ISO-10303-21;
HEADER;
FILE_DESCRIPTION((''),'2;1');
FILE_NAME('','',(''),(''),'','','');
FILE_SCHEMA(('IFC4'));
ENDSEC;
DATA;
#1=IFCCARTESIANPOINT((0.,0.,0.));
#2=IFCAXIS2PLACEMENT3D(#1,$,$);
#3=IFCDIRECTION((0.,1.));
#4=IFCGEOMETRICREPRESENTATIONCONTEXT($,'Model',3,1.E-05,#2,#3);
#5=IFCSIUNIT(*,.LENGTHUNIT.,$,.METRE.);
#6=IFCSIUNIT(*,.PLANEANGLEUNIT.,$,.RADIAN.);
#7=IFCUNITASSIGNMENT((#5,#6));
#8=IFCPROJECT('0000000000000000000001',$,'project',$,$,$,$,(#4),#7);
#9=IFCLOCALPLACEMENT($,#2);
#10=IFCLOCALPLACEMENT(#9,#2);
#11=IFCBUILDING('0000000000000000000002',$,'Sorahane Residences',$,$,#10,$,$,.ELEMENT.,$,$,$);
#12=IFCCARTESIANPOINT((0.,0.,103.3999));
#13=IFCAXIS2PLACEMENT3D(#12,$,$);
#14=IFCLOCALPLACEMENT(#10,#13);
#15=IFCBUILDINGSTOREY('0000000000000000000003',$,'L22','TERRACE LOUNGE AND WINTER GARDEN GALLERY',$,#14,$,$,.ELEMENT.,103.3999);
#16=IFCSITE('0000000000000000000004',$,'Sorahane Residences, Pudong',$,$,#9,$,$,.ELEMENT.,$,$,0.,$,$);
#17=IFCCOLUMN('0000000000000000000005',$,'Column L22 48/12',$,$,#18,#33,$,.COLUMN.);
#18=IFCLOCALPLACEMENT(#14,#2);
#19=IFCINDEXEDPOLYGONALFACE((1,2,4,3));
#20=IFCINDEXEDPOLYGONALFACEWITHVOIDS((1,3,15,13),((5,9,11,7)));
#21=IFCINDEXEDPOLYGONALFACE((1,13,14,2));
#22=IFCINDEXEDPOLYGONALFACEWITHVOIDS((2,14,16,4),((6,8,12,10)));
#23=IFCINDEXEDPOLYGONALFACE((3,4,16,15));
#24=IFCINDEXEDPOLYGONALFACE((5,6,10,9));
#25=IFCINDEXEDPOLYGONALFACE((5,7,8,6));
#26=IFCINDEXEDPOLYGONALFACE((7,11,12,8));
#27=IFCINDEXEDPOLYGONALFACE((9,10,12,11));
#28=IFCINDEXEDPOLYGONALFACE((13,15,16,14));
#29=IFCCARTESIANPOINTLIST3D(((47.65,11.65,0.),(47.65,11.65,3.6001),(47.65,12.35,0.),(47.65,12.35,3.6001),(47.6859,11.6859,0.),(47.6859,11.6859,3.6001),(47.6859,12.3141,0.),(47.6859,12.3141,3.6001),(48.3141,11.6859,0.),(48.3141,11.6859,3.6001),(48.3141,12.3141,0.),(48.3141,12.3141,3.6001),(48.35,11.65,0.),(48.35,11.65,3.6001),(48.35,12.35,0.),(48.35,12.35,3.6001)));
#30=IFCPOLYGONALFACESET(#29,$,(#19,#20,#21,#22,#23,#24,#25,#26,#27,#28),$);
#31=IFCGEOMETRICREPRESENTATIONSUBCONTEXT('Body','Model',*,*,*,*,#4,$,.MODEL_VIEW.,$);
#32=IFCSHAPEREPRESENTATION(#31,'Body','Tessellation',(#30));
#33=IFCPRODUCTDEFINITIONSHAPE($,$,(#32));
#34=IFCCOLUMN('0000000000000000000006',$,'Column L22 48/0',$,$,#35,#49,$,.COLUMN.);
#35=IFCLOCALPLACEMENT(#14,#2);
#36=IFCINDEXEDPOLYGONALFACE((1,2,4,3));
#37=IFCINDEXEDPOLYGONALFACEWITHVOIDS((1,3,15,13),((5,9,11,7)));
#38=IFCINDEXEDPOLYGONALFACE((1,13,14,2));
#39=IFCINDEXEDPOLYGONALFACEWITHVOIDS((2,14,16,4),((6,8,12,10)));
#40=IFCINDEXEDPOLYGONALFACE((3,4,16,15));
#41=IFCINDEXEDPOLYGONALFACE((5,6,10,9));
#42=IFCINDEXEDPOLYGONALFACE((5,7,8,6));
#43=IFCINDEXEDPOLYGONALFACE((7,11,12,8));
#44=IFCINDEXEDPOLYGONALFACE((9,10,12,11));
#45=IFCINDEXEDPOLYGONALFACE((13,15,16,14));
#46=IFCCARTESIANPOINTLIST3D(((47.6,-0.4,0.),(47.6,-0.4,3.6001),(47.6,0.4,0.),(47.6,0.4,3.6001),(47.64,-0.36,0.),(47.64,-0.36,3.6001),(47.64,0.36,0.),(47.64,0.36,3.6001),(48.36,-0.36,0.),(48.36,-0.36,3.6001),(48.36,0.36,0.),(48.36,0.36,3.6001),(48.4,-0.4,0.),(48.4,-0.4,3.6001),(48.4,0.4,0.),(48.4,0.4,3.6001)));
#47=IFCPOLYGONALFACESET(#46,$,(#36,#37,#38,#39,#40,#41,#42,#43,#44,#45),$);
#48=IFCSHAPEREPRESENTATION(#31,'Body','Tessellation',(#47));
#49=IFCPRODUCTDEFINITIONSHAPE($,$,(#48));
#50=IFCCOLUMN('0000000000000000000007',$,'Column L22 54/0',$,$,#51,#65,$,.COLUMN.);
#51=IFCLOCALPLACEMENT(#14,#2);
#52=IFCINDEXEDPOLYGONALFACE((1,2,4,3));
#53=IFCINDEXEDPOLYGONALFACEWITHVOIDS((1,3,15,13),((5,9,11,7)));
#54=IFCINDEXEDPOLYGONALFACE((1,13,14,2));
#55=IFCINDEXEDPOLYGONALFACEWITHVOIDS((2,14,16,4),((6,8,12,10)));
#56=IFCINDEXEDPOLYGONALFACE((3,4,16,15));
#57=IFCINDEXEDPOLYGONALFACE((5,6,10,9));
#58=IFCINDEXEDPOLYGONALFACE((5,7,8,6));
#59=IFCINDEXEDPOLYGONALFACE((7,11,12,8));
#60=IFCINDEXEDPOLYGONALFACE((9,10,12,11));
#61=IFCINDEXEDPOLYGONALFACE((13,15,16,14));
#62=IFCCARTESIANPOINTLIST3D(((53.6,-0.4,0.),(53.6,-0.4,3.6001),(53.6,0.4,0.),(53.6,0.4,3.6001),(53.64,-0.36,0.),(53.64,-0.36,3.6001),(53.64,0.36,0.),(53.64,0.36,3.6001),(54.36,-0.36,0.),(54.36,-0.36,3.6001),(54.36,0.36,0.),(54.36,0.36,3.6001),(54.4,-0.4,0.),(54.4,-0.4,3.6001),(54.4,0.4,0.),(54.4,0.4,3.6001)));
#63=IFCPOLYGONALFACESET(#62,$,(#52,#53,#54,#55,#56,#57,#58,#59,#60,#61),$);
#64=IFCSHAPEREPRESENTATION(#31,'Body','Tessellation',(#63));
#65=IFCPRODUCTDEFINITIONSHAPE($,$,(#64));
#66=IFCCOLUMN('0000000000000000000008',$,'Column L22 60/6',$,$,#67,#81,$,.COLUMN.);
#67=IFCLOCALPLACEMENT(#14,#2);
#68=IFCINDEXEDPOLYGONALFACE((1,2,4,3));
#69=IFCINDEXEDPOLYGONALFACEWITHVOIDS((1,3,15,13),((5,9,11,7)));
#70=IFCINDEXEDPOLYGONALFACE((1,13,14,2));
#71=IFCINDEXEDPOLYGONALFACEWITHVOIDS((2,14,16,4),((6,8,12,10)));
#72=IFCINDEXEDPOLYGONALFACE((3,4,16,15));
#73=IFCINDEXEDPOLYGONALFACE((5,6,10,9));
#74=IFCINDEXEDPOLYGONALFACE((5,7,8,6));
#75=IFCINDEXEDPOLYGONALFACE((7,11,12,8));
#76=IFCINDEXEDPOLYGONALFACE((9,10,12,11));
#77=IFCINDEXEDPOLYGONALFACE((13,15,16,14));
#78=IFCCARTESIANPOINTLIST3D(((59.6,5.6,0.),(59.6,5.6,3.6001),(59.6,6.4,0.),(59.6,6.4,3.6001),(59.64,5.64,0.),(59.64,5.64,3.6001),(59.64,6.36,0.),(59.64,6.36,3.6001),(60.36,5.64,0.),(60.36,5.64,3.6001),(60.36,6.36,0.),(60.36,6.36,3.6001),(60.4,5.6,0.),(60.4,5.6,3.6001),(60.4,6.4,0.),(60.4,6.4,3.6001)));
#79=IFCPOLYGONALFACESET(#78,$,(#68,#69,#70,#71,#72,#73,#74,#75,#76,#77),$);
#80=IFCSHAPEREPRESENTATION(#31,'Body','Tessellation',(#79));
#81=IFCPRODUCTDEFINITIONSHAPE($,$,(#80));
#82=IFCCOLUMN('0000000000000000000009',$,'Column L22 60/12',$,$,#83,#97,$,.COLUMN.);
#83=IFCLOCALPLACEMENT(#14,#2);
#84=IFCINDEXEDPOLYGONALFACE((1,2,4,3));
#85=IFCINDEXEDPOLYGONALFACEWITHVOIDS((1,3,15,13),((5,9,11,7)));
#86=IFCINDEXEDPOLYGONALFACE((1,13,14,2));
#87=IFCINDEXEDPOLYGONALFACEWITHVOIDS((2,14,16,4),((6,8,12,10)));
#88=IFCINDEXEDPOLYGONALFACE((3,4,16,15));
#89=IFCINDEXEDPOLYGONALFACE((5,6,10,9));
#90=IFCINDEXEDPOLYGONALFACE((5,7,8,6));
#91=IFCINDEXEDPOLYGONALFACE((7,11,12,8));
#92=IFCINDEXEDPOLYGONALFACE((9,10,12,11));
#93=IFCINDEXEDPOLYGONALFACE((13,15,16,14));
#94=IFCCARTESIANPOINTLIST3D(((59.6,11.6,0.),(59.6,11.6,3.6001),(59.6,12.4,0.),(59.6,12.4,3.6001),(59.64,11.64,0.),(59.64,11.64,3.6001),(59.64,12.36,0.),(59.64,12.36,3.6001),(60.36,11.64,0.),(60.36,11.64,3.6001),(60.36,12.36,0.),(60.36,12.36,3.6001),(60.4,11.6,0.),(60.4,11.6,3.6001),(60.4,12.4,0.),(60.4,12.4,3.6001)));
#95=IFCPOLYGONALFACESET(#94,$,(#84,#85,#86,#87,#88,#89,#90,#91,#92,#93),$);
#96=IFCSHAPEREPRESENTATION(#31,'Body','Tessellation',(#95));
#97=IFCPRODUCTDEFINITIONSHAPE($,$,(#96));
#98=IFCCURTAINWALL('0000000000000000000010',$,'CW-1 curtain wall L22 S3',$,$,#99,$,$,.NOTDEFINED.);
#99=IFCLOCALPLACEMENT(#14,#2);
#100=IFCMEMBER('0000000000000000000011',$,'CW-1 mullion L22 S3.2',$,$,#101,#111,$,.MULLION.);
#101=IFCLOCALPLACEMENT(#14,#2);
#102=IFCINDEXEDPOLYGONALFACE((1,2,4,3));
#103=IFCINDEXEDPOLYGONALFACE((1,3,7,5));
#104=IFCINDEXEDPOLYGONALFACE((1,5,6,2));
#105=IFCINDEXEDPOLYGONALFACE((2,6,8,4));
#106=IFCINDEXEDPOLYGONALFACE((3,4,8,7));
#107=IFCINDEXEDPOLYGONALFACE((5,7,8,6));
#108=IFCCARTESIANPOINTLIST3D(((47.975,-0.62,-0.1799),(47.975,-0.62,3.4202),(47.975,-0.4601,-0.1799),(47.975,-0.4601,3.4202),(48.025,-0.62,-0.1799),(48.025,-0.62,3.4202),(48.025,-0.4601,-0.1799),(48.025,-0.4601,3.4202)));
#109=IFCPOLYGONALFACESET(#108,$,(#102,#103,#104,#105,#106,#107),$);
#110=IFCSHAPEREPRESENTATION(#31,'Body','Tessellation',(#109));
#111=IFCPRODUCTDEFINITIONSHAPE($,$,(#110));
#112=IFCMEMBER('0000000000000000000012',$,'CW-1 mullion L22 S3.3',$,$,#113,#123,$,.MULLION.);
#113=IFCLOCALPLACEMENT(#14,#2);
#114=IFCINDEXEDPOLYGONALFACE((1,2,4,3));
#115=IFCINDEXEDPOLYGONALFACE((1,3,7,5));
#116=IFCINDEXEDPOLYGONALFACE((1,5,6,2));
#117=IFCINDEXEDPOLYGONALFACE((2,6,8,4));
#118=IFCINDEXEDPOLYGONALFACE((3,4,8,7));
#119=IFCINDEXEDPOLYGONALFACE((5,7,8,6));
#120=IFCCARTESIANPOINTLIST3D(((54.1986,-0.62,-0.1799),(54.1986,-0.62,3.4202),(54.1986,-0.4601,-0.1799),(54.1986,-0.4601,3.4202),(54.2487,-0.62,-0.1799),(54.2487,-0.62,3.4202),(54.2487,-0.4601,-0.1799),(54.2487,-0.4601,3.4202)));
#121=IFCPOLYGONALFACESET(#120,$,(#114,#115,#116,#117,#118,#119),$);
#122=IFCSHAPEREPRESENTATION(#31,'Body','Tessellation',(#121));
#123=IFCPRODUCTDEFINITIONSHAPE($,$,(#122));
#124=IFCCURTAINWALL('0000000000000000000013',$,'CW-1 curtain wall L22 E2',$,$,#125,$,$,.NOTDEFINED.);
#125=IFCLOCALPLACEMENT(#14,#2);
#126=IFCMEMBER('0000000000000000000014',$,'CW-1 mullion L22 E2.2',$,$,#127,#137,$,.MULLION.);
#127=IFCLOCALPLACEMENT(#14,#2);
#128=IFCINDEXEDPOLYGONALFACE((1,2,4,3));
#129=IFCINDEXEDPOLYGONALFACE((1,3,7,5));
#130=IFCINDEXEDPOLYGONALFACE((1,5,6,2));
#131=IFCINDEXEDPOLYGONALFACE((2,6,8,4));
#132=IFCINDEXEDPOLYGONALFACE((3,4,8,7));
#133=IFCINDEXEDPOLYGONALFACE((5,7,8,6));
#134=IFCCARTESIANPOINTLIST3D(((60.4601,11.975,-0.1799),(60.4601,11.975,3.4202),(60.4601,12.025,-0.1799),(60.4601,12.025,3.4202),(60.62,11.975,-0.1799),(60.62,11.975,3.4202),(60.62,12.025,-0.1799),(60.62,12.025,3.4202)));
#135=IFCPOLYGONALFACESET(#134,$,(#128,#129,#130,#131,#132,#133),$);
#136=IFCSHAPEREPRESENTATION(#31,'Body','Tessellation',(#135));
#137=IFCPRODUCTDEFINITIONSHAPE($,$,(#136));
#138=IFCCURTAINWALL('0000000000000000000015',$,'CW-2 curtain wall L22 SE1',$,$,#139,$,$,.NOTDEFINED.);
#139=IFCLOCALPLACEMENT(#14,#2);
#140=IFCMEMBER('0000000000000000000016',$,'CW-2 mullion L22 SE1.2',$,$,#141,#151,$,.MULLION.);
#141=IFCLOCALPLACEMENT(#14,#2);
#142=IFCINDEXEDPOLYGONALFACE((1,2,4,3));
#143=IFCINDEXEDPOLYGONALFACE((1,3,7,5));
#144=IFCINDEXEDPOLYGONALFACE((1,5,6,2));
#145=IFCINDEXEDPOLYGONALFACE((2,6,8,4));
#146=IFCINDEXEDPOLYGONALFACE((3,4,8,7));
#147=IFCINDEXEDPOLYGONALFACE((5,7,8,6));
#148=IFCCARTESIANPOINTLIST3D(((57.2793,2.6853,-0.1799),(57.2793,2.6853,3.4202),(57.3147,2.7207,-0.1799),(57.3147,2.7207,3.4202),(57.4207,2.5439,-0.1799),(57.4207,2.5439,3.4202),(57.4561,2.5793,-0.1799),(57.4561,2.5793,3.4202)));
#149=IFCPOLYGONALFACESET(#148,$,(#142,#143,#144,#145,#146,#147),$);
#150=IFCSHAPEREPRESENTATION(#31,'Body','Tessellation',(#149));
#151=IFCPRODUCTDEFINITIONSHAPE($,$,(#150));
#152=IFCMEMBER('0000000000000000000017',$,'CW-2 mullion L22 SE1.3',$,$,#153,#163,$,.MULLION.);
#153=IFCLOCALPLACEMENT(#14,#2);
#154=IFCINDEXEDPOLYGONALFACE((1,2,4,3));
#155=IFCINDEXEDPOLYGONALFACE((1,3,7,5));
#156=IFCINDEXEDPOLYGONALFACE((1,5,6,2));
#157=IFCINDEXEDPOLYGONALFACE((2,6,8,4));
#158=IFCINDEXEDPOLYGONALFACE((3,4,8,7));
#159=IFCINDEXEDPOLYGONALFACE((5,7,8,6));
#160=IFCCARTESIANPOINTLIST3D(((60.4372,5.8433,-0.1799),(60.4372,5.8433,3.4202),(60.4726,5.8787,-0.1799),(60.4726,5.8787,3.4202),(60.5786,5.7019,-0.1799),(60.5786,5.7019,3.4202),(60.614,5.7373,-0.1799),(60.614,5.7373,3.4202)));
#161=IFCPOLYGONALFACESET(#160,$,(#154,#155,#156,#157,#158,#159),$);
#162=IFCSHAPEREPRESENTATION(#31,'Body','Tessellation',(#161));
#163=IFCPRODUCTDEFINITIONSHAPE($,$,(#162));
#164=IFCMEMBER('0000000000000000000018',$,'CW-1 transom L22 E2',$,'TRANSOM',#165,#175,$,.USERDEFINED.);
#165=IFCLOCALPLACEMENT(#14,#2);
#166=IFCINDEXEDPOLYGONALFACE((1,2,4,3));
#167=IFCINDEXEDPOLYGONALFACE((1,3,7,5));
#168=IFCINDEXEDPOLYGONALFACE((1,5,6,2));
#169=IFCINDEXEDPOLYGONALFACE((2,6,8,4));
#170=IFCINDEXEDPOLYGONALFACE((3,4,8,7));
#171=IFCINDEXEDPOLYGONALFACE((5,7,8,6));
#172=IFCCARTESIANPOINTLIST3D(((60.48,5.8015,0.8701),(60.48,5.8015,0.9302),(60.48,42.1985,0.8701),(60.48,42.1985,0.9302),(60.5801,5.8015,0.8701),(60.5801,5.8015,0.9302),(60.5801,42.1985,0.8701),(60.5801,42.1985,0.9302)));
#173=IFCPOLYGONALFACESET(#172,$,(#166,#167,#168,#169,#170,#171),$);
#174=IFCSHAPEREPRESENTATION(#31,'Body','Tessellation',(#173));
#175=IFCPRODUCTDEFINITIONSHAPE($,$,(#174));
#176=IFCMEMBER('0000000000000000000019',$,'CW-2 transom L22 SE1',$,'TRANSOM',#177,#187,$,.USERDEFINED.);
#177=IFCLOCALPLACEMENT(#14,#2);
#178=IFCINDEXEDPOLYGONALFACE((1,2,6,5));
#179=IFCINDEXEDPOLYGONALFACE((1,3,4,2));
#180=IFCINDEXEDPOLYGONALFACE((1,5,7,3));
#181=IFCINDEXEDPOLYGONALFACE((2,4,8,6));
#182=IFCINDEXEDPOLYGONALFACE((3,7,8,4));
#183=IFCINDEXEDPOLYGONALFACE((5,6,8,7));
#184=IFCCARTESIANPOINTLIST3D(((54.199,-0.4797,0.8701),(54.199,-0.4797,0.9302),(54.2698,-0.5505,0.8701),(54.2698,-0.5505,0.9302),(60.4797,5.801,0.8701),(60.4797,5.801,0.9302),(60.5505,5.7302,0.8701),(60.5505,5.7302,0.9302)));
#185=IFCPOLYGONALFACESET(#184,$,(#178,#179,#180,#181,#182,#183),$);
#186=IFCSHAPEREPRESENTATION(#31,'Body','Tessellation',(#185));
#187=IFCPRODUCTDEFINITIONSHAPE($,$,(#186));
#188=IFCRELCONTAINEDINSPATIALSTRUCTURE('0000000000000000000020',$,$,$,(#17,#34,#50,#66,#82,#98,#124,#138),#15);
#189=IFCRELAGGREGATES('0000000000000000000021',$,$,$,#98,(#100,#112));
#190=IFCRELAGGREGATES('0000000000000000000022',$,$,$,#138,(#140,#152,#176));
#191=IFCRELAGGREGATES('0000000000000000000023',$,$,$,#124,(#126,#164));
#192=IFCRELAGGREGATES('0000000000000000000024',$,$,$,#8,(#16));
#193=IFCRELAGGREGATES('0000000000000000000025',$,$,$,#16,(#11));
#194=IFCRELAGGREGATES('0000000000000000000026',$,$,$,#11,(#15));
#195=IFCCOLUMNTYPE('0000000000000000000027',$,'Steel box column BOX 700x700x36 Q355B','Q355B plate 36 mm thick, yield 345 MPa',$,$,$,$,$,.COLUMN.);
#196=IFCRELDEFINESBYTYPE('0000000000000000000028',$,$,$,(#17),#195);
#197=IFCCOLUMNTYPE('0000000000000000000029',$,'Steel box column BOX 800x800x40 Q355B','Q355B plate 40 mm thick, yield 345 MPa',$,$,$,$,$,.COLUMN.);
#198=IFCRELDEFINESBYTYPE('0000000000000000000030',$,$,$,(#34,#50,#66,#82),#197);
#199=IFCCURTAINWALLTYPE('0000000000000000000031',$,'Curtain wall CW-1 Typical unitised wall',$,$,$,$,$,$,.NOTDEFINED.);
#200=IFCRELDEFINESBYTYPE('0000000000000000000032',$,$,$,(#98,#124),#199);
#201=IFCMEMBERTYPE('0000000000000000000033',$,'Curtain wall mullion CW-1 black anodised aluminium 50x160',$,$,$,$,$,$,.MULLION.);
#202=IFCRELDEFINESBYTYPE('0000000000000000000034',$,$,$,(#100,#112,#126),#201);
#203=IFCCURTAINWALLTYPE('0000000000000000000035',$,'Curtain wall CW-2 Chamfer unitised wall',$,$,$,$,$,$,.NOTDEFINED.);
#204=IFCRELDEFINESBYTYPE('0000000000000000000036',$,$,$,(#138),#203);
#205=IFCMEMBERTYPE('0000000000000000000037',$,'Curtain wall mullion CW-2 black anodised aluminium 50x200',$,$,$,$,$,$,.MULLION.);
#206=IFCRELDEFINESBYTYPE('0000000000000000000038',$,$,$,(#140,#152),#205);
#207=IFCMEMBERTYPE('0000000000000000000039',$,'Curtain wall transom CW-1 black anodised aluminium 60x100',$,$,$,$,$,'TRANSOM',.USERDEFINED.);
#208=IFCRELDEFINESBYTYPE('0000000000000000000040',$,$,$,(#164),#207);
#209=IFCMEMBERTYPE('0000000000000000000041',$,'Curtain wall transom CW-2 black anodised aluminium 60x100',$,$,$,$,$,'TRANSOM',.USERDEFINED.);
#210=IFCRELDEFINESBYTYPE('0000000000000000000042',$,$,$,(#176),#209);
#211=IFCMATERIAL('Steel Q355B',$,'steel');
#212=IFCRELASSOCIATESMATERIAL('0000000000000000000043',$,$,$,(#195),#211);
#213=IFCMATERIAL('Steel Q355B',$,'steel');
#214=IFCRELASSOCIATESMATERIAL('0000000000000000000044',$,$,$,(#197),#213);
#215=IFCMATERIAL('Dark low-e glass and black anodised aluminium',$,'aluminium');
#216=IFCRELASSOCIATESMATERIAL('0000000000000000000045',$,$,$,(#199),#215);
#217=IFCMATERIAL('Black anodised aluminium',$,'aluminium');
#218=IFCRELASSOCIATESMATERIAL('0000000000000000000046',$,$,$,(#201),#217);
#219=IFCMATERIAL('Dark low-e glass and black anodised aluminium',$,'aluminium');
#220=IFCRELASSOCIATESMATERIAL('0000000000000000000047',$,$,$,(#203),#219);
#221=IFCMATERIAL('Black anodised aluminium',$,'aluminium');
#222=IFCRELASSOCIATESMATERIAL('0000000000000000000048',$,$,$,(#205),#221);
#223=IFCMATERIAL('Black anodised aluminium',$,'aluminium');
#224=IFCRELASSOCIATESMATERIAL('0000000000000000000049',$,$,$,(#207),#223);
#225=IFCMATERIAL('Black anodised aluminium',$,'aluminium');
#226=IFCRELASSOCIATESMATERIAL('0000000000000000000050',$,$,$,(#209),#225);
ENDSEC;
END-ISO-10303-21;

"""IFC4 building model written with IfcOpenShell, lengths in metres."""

from ifc_helpers import new_model, si_unit, direction, frame, origin, origin_2d, place, context, subcontext, project, spatial, rectangle, hollow_rectangle, extrude, material, material_profile, profile_set, type_object, element, aggregate, save


model = new_model("IFC4")

# Units and contexts
model_context = context("Model", 3, precision=1e-05, world=origin(), true_north=direction((0.0, 1.0)))
body_context = subcontext(model_context, "Body", "Model", "MODEL_VIEW")
ifc_project = project(units=[si_unit("LENGTHUNIT", "METRE"), si_unit("PLANEANGLEUNIT", "RADIAN")], contexts=[model_context])

# Site, building, storey
site_placement = place(None, origin())
site = spatial("IfcSite", under=ifc_project, at=site_placement, Name="Sorahane Residences, Pudong", CompositionType="ELEMENT", RefElevation=0.0)
building_placement = place(site_placement, origin())
building = spatial("IfcBuilding", under=site, at=building_placement, Name="Sorahane Residences", CompositionType="ELEMENT")
storey_placement = place(building_placement, frame((0.0, 0.0, 103.3999)))
storey = spatial("IfcBuildingStorey", under=building, at=storey_placement, Name="L22", Description="TERRACE LOUNGE AND WINTER GARDEN GALLERY", CompositionType="ELEMENT", Elevation=103.3999)

# Columns
ifc_material_1 = material(Name="Steel Q355B", Category="steel")
ifc_material_profile_1 = material_profile(ifc_material_1, hollow_rectangle(XDim=0.7, YDim=0.7, WallThickness=0.0359, at=origin_2d()), Name="BOX 700x700x36")
ifc_profile_set_1 = profile_set([ifc_material_profile_1], Name="Steel Q355B")
column_type_1 = type_object("IfcColumnType", Name="Steel box column BOX 700x700x36 Q355B", Description="Q355B plate 36 mm thick, yield 345 MPa", PredefinedType="COLUMN", material=ifc_profile_set_1)
column_placement = place(storey_placement, frame((48.0, 12.0, 0.0), z_axis=(0.0, 0.0, 1.0), x_axis=(1.0, 0.0, 0.0)))
element("IfcColumn", 1, at=column_placement, inside=storey, type_object=column_type_1, Name="Column L22 48/12", PredefinedType="COLUMN", context=body_context, shape_type="SweptSolid", body=[
    extrude(hollow_rectangle(XDim=0.7, YDim=0.7, WallThickness=0.0359, at=origin_2d()), origin(), (0.0, 0.0, 1.0), 3.6001),
])
ifc_material_2 = material(Name="Steel Q355B", Category="steel")
ifc_material_profile_2 = material_profile(ifc_material_2, hollow_rectangle(XDim=0.8, YDim=0.8, WallThickness=0.04, at=origin_2d()), Name="BOX 800x800x40")
ifc_profile_set_2 = profile_set([ifc_material_profile_2], Name="Steel Q355B")
column_type_2 = type_object("IfcColumnType", Name="Steel box column BOX 800x800x40 Q355B", Description="Q355B plate 40 mm thick, yield 345 MPa", PredefinedType="COLUMN", material=ifc_profile_set_2)
for number, where, z_axis, x_axis, name in (
    (2, (48.0, 0.0, 0.0), (0.0, 0.0, 1.0), (1.0, 0.0, 0.0), "Column L22 48/0"),
    (3, (54.0, 0.0, 0.0), (0.0, 0.0, 1.0), (1.0, 0.0, 0.0), "Column L22 54/0"),
    (4, (60.0, 6.0, 0.0), (0.0, 0.0, 1.0), (1.0, 0.0, 0.0), "Column L22 60/6"),
    (5, (60.0, 12.0, 0.0), (0.0, 0.0, 1.0), (1.0, 0.0, 0.0), "Column L22 60/12"),
):
    element("IfcColumn", number, at=place(storey_placement, frame(where, z_axis=z_axis, x_axis=x_axis)), inside=storey, type_object=column_type_2, Name=name, PredefinedType="COLUMN", context=body_context, shape_type="SweptSolid", body=[
        extrude(hollow_rectangle(XDim=0.8, YDim=0.8, WallThickness=0.04, at=origin_2d()), origin(), (0.0, 0.0, 1.0), 3.6001),
    ])

# Curtain wall, members
ifc_material_3 = material(Name="Dark low-e glass and black anodised aluminium", Category="aluminium")
curtain_wall_type_1 = type_object("IfcCurtainWallType", Name="Curtain wall CW-1 Typical unitised wall", PredefinedType="NOTDEFINED", material=ifc_material_3)
curtain_wall_1_placement = place(storey_placement, origin())
curtain_wall_1 = element("IfcCurtainWall", 6, at=curtain_wall_1_placement, inside=storey, type_object=curtain_wall_type_1, Name="CW-1 curtain wall L22 S3", PredefinedType="NOTDEFINED")
ifc_material_4 = material(Name="Black anodised aluminium", Category="aluminium")
ifc_material_profile_3 = material_profile(ifc_material_4, rectangle(XDim=0.1599, YDim=0.05, at=origin_2d()), Name="Curtain wall mullion CW-1 black anodised aluminium 50x160")
ifc_profile_set_3 = profile_set([ifc_material_profile_3], Name="Black anodised aluminium")
member_type_1 = type_object("IfcMemberType", Name="Curtain wall mullion CW-1 black anodised aluminium 50x160", PredefinedType="MULLION", material=ifc_profile_set_3)
member_1_placement = place(storey_placement, frame((48.0, -0.54, -0.1799), z_axis=(0.0, 0.0, 1.0), x_axis=(0.0, -1.0, 0.0)))
member_1 = element("IfcMember", 7, at=member_1_placement, type_object=member_type_1, Name="CW-1 mullion L22 S3.2", PredefinedType="MULLION", context=body_context, shape_type="SweptSolid", body=[
    extrude(rectangle(XDim=0.1599, YDim=0.05, at=origin_2d()), origin(), (0.0, 0.0, 1.0), 3.6001),
])
member_2_placement = place(storey_placement, frame((54.2236, -0.54, -0.1799), z_axis=(0.0, 0.0, 1.0), x_axis=(0.0, -1.0, 0.0)))
member_2 = element("IfcMember", 8, at=member_2_placement, type_object=member_type_1, Name="CW-1 mullion L22 S3.3", PredefinedType="MULLION", context=body_context, shape_type="SweptSolid", body=[
    extrude(rectangle(XDim=0.1599, YDim=0.05, at=origin_2d()), origin(), (0.0, 0.0, 1.0), 3.6001),
])

# Curtain wall, member
curtain_wall_2_placement = place(storey_placement, origin())
curtain_wall_2 = element("IfcCurtainWall", 9, at=curtain_wall_2_placement, inside=storey, type_object=curtain_wall_type_1, Name="CW-1 curtain wall L22 E2", PredefinedType="NOTDEFINED")
member_3_placement = place(storey_placement, frame((60.54, 12.0, -0.1799), z_axis=(0.0, 0.0, 1.0), x_axis=(1.0, 0.0, 0.0)))
member_3 = element("IfcMember", 10, at=member_3_placement, type_object=member_type_1, Name="CW-1 mullion L22 E2.2", PredefinedType="MULLION", context=body_context, shape_type="SweptSolid", body=[
    extrude(rectangle(XDim=0.1599, YDim=0.05, at=origin_2d()), origin(), (0.0, 0.0, 1.0), 3.6001),
])

# Curtain wall, members
ifc_material_5 = material(Name="Dark low-e glass and black anodised aluminium", Category="aluminium")
curtain_wall_type_2 = type_object("IfcCurtainWallType", Name="Curtain wall CW-2 Chamfer unitised wall", PredefinedType="NOTDEFINED", material=ifc_material_5)
curtain_wall_3_placement = place(storey_placement, origin())
curtain_wall_3 = element("IfcCurtainWall", 11, at=curtain_wall_3_placement, inside=storey, type_object=curtain_wall_type_2, Name="CW-2 curtain wall L22 SE1", PredefinedType="NOTDEFINED")
ifc_material_6 = material(Name="Black anodised aluminium", Category="aluminium")
ifc_material_profile_4 = material_profile(ifc_material_6, rectangle(XDim=0.2, YDim=0.05, at=origin_2d()), Name="Curtain wall mullion CW-2 black anodised aluminium 50x200")
ifc_profile_set_4 = profile_set([ifc_material_profile_4], Name="Black anodised aluminium")
member_type_2 = type_object("IfcMemberType", Name="Curtain wall mullion CW-2 black anodised aluminium 50x200", PredefinedType="MULLION", material=ifc_profile_set_4)
member_4_placement = place(storey_placement, frame((57.3677, 2.6323, -0.1799), z_axis=(0.0, 0.0, 1.0), x_axis=(0.707107, -0.707107, 0.0)))
member_4 = element("IfcMember", 12, at=member_4_placement, type_object=member_type_2, Name="CW-2 mullion L22 SE1.2", PredefinedType="MULLION", context=body_context, shape_type="SweptSolid", body=[
    extrude(rectangle(XDim=0.2, YDim=0.05, at=origin_2d()), origin(), (0.0, 0.0, 1.0), 3.6001),
])
member_5_placement = place(storey_placement, frame((60.5256, 5.7903, -0.1799), z_axis=(0.0, 0.0, 1.0), x_axis=(0.707107, -0.707107, 0.0)))
member_5 = element("IfcMember", 13, at=member_5_placement, type_object=member_type_2, Name="CW-2 mullion L22 SE1.3", PredefinedType="MULLION", context=body_context, shape_type="SweptSolid", body=[
    extrude(rectangle(XDim=0.2, YDim=0.05, at=origin_2d()), origin(), (0.0, 0.0, 1.0), 3.6001),
])

# Members
ifc_material_7 = material(Name="Black anodised aluminium", Category="aluminium")
ifc_material_profile_5 = material_profile(ifc_material_7, rectangle(XDim=0.1001, YDim=0.0601, at=origin_2d()), Name="Curtain wall transom CW-1 black anodised aluminium 60x100")
ifc_profile_set_5 = profile_set([ifc_material_profile_5], Name="Black anodised aluminium")
member_type_3 = type_object("IfcMemberType", Name="Curtain wall transom CW-1 black anodised aluminium 60x100", ElementType="TRANSOM", PredefinedType="USERDEFINED", material=ifc_profile_set_5)
member_6_placement = place(storey_placement, frame((60.53, 5.8015, 0.9001), z_axis=(0.0, 1.0, 0.0), x_axis=(-1.0, 0.0, 0.0)))
member_6 = element("IfcMember", 14, at=member_6_placement, type_object=member_type_3, Name="CW-1 transom L22 E2", ObjectType="TRANSOM", PredefinedType="USERDEFINED", context=body_context, shape_type="SweptSolid", body=[
    extrude(rectangle(XDim=0.1001, YDim=0.0601, at=origin_2d()), origin(), (0.0, 0.0, 1.0), 36.397),
])
ifc_material_8 = material(Name="Black anodised aluminium", Category="aluminium")
ifc_material_profile_6 = material_profile(ifc_material_8, rectangle(XDim=0.1001, YDim=0.0601, at=origin_2d()), Name="Curtain wall transom CW-2 black anodised aluminium 60x100")
ifc_profile_set_6 = profile_set([ifc_material_profile_6], Name="Black anodised aluminium")
member_type_4 = type_object("IfcMemberType", Name="Curtain wall transom CW-2 black anodised aluminium 60x100", ElementType="TRANSOM", PredefinedType="USERDEFINED", material=ifc_profile_set_6)
member_7_placement = place(storey_placement, frame((54.2344, -0.5151, 0.9001), z_axis=(0.707107, 0.707107, 0.0), x_axis=(-0.707107, 0.707107, 0.0)))
member_7 = element("IfcMember", 15, at=member_7_placement, type_object=member_type_4, Name="CW-2 transom L22 SE1", ObjectType="TRANSOM", PredefinedType="USERDEFINED", context=body_context, shape_type="SweptSolid", body=[
    extrude(rectangle(XDim=0.1001, YDim=0.0601, at=origin_2d()), origin(), (0.0, 0.0, 1.0), 8.8823),
])

aggregate(curtain_wall_1, [member_1, member_2])
aggregate(curtain_wall_3, [member_4, member_5, member_7])
aggregate(curtain_wall_2, [member_3, member_6])

save(model, "model.ifc")
